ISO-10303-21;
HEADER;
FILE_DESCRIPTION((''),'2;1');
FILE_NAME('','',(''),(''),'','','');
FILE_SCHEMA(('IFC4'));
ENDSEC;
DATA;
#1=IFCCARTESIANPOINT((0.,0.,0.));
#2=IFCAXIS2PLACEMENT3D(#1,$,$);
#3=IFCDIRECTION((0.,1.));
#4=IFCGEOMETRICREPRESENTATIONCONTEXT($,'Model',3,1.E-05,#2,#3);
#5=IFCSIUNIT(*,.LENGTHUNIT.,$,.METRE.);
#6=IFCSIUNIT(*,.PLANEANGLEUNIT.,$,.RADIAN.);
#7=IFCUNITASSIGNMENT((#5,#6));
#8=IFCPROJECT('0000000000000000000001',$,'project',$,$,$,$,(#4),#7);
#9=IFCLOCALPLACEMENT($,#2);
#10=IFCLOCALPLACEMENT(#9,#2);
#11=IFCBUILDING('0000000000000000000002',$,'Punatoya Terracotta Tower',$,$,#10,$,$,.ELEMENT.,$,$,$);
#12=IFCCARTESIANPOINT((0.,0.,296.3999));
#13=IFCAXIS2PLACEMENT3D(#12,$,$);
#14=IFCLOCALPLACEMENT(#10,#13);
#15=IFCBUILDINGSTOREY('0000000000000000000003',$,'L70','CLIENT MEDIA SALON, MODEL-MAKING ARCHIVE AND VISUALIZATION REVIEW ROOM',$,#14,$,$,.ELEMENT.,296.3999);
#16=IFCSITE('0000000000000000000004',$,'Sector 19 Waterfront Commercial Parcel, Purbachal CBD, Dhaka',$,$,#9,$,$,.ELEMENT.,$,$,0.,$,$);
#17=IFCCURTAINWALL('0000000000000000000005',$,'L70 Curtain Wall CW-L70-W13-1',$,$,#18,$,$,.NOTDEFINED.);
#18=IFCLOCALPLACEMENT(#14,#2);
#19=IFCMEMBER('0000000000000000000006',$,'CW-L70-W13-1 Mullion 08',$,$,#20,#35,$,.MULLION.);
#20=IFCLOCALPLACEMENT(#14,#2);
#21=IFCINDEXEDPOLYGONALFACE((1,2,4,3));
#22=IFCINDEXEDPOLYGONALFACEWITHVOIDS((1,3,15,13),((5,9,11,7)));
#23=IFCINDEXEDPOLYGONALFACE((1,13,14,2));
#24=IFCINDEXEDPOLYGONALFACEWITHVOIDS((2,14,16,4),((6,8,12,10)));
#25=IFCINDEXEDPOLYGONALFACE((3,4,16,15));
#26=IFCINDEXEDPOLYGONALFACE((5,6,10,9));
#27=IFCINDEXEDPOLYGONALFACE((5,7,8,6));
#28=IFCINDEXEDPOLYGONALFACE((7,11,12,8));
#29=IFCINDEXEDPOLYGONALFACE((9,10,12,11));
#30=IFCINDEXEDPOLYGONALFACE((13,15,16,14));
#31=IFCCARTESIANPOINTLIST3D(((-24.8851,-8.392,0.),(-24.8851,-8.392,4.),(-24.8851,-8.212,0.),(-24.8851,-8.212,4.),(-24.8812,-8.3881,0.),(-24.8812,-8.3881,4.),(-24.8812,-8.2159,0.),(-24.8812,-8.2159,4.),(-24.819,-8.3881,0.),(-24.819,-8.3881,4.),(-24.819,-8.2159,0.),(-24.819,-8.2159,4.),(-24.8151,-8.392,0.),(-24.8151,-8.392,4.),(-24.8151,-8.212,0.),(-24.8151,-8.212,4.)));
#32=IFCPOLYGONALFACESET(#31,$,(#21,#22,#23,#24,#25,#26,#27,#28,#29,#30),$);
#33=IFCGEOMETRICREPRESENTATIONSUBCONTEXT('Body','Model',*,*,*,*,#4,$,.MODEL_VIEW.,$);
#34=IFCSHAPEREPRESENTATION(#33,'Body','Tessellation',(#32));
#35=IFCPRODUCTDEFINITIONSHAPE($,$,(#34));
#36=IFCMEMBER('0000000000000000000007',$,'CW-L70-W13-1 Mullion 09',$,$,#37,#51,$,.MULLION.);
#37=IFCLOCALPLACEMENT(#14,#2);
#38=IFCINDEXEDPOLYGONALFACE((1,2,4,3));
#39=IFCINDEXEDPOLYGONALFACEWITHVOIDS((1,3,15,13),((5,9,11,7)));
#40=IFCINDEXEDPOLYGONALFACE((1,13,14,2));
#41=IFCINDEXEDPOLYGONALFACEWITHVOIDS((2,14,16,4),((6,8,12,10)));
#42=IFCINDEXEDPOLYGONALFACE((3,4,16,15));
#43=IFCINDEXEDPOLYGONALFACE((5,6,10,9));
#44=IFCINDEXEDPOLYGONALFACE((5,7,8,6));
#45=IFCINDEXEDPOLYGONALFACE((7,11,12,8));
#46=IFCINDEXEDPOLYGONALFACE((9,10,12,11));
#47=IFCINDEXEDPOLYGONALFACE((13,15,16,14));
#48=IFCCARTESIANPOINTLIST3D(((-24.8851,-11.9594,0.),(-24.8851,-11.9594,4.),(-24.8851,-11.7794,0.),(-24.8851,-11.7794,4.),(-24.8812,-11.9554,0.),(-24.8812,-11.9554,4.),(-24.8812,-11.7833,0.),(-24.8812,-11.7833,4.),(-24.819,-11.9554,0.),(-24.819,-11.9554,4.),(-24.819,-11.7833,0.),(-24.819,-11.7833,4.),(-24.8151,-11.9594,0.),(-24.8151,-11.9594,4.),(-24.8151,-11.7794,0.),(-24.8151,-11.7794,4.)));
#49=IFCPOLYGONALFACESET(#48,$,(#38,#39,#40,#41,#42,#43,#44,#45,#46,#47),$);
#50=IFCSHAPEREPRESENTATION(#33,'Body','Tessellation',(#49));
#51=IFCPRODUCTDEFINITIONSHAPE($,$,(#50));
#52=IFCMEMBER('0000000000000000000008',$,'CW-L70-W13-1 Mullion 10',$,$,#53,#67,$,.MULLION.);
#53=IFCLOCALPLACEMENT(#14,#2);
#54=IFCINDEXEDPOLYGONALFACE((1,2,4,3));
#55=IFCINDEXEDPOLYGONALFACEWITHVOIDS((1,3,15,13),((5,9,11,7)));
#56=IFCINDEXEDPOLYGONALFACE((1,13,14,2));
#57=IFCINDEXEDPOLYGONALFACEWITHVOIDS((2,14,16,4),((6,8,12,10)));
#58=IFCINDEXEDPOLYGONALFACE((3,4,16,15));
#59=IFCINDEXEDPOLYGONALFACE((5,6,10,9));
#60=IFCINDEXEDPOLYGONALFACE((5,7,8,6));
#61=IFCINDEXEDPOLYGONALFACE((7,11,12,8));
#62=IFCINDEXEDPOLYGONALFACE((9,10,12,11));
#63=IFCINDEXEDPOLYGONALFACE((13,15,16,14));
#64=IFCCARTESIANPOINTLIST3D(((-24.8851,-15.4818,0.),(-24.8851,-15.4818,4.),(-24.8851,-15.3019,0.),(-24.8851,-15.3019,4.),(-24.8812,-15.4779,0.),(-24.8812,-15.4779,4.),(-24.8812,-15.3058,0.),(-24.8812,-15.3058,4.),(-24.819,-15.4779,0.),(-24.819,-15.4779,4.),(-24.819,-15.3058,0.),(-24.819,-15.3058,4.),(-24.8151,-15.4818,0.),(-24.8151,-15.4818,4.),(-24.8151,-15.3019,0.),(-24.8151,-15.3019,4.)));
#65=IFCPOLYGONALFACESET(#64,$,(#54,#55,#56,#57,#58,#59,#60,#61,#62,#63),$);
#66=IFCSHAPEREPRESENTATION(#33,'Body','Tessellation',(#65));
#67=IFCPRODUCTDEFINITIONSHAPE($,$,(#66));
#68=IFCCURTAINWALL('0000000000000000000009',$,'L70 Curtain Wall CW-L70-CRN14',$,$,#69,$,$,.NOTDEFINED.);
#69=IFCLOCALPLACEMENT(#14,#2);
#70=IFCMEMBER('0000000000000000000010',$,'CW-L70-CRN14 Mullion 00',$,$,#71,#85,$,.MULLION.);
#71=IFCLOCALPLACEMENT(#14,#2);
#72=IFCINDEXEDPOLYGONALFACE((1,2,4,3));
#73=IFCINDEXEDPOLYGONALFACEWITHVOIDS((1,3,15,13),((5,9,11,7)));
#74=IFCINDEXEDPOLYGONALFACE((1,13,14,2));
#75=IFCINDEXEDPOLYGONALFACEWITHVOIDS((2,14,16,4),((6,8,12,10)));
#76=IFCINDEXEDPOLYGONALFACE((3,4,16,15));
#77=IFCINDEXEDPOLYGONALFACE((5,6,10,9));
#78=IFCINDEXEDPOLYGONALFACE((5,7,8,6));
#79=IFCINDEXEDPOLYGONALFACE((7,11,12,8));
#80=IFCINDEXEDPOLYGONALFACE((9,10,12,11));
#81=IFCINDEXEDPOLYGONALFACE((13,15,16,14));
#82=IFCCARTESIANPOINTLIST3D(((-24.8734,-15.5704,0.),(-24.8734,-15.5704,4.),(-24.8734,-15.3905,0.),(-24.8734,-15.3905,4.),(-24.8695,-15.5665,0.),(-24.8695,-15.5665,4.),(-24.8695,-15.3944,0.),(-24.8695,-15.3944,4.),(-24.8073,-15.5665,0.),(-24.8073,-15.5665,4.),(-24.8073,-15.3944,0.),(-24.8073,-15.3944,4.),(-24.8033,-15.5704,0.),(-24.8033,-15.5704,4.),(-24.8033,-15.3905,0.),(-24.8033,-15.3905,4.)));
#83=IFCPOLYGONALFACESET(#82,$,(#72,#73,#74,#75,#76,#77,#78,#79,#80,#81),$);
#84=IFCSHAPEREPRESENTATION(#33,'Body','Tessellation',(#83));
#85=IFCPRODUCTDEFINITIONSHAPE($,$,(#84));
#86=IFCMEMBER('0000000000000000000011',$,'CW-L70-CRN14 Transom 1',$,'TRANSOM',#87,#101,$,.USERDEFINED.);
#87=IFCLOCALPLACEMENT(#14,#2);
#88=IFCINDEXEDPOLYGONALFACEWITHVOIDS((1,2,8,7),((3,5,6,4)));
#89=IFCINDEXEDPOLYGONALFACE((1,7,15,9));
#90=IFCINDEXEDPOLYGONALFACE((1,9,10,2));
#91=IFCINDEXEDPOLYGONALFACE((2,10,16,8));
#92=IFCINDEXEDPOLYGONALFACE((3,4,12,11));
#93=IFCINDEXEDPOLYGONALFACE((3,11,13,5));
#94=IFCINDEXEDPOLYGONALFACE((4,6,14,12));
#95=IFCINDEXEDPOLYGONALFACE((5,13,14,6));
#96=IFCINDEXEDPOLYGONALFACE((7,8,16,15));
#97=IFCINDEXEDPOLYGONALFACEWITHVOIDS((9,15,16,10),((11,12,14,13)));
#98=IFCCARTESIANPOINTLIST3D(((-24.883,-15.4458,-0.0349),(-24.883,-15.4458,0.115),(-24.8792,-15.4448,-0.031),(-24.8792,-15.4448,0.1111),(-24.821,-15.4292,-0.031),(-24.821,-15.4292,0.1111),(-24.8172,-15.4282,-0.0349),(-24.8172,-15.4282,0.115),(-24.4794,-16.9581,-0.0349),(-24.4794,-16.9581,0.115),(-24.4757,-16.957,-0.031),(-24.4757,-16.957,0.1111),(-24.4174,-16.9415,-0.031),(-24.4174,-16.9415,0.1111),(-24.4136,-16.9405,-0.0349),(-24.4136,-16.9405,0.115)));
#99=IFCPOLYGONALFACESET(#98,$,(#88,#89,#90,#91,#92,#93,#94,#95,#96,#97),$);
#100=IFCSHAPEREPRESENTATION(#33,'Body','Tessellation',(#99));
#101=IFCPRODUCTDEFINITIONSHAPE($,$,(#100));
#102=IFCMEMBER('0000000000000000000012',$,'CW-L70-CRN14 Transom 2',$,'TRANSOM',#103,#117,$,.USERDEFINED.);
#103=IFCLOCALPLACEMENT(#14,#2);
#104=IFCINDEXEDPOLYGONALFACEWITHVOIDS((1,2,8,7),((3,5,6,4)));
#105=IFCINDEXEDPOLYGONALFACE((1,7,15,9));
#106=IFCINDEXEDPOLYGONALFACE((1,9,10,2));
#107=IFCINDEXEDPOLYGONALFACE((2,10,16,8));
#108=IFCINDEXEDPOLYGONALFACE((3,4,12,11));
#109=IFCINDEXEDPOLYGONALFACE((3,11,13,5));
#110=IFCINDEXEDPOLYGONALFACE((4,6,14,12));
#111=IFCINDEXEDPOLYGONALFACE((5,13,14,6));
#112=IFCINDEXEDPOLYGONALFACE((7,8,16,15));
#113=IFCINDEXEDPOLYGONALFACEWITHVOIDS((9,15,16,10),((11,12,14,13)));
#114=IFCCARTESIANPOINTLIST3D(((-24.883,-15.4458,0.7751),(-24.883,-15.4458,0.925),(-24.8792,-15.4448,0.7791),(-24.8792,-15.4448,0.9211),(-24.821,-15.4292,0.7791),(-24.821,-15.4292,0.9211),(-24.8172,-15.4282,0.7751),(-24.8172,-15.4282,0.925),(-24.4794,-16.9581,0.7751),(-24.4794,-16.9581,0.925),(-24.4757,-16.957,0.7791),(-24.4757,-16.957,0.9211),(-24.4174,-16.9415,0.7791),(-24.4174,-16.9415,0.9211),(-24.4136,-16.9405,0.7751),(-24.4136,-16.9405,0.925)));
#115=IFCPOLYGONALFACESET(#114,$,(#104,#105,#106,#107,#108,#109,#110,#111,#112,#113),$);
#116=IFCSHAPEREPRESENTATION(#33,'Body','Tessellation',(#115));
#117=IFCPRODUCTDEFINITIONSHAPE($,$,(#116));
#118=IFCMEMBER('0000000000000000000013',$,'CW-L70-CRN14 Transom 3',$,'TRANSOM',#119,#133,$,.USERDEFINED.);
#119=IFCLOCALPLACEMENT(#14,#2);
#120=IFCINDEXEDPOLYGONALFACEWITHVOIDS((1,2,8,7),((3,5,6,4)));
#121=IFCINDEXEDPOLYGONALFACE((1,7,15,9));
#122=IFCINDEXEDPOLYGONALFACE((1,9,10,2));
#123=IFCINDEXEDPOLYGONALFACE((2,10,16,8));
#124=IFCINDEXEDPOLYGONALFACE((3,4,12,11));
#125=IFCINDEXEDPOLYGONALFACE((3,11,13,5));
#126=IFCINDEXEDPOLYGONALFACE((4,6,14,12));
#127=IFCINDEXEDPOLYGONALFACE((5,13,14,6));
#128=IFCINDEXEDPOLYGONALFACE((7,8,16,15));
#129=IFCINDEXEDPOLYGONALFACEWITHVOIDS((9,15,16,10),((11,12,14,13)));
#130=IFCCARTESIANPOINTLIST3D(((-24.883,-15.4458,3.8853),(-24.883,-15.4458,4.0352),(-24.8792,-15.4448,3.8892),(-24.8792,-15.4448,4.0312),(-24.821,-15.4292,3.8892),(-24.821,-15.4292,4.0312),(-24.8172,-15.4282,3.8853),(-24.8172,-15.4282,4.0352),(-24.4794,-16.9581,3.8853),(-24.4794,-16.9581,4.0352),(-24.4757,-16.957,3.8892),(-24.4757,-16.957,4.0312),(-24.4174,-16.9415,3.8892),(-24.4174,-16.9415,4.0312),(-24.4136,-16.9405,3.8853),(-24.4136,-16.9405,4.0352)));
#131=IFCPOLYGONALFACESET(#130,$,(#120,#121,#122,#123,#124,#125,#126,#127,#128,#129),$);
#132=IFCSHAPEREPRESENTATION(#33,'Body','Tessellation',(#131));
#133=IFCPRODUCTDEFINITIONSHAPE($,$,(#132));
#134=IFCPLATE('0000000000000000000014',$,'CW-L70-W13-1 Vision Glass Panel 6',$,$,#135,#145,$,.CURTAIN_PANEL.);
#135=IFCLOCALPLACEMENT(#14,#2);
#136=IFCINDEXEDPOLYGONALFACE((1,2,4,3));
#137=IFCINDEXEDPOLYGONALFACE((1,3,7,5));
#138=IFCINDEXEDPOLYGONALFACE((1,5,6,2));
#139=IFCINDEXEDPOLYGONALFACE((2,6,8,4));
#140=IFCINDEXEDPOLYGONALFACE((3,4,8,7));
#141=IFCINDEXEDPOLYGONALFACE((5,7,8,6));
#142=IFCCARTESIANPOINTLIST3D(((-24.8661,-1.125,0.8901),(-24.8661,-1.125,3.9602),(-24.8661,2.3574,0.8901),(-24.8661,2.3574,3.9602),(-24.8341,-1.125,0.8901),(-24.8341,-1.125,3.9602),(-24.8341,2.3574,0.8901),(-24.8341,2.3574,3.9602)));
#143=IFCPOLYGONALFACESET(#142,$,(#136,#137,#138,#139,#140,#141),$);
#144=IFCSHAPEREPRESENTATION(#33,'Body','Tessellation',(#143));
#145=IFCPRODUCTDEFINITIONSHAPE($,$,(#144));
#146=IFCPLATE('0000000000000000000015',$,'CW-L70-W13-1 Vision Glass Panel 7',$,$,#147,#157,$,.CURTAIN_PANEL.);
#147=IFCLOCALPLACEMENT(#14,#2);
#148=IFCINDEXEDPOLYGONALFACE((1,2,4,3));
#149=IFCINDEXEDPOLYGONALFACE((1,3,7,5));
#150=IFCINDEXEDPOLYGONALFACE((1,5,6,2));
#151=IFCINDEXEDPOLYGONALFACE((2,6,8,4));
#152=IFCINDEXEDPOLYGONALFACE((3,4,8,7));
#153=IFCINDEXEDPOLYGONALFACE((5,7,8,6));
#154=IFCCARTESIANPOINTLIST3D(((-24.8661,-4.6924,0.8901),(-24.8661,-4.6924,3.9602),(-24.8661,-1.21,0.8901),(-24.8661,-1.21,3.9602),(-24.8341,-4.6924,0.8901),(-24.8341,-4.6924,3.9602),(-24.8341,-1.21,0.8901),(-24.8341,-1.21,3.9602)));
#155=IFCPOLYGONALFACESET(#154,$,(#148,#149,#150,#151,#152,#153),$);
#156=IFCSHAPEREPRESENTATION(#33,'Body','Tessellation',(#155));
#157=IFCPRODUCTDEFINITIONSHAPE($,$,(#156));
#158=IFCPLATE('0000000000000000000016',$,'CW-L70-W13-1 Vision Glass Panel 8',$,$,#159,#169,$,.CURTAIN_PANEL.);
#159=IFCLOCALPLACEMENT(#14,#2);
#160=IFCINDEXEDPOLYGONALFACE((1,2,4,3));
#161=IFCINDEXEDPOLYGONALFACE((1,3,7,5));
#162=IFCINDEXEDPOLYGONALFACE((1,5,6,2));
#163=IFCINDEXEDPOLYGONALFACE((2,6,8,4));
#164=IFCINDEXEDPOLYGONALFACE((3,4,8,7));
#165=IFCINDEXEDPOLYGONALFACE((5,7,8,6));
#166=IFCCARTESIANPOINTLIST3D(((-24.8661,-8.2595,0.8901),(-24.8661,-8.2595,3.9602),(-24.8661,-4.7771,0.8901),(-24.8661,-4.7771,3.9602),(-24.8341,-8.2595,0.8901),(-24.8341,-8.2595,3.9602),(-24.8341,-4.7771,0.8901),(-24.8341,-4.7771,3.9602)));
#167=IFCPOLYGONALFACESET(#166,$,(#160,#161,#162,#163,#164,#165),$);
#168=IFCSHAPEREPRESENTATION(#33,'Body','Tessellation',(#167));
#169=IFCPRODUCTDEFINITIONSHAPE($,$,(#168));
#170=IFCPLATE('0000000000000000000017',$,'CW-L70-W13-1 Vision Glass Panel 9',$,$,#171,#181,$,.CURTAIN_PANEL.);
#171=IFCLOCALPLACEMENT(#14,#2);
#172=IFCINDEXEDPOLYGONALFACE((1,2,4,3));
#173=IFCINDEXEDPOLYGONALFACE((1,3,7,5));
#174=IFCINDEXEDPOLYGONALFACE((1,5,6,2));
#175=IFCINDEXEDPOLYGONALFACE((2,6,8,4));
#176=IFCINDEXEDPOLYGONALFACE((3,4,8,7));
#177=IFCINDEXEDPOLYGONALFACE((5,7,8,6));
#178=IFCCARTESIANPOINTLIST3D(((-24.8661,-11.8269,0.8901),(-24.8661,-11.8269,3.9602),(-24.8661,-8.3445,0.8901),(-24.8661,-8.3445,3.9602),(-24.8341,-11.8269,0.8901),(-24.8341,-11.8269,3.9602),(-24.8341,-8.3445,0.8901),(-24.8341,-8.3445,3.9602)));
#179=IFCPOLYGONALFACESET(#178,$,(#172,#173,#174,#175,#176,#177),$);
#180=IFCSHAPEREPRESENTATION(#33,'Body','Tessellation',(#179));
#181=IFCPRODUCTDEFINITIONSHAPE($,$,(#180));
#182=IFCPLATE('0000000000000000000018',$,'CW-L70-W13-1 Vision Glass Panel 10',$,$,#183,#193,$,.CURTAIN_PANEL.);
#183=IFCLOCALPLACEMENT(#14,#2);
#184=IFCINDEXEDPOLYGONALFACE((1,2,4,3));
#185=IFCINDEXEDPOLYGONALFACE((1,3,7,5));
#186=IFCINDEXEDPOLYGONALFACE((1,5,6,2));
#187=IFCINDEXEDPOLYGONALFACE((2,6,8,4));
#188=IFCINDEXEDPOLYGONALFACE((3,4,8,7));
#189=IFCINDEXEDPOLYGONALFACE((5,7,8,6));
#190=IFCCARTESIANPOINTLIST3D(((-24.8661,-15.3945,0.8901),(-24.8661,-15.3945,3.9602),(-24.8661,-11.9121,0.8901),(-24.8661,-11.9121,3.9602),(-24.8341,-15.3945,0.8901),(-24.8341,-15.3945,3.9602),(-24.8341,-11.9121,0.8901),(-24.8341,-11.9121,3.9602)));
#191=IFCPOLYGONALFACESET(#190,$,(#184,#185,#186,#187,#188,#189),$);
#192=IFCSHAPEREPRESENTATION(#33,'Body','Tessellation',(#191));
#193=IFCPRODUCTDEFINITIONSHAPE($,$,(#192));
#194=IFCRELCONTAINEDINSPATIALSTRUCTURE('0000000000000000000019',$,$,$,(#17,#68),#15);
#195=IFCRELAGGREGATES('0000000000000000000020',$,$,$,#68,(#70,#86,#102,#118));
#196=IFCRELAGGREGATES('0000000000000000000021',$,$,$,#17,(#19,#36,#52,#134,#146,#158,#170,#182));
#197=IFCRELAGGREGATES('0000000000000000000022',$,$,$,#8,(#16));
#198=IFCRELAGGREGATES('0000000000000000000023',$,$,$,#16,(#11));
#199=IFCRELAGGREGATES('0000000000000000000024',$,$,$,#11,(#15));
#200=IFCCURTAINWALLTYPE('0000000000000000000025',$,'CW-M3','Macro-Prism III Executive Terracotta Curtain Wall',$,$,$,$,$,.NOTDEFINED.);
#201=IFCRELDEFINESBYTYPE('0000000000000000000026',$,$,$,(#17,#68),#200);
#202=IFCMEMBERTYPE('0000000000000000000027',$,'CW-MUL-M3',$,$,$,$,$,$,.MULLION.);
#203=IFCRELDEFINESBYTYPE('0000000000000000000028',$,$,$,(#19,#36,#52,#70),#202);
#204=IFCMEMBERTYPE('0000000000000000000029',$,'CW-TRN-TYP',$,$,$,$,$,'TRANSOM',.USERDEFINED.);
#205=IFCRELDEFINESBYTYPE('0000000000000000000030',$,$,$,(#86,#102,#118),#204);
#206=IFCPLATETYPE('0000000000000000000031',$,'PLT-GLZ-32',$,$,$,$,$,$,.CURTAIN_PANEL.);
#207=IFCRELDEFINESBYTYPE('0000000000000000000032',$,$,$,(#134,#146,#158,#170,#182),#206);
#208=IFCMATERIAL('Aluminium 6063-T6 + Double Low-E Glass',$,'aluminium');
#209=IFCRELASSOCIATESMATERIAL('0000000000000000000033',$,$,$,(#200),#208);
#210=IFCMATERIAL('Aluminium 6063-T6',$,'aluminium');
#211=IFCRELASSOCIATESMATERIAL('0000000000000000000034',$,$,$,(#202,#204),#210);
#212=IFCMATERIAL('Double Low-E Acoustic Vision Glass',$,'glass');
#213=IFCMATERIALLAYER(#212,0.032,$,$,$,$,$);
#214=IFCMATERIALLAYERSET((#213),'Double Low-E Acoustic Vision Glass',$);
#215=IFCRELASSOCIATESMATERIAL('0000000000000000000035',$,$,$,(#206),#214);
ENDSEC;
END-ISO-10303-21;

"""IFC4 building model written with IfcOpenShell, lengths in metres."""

from ifc_helpers import new_model, si_unit, direction, frame, origin, origin_2d, place, context, subcontext, project, spatial, rectangle, hollow_rectangle, extrude, material, layer, layer_set, material_profile, profile_set, type_object, element, aggregate, save


model = new_model("IFC4")

# Units and contexts
model_context = context("Model", 3, precision=1e-05, world=origin(), true_north=direction((0.0, 1.0)))
body_context = subcontext(model_context, "Body", "Model", "MODEL_VIEW")
ifc_project = project(units=[si_unit("LENGTHUNIT", "METRE"), si_unit("PLANEANGLEUNIT", "RADIAN")], contexts=[model_context])

# Site, building, storey
site_placement = place(None, origin())
site = spatial("IfcSite", under=ifc_project, at=site_placement, Name="Sector 19 Waterfront Commercial Parcel, Purbachal CBD, Dhaka", CompositionType="ELEMENT", RefElevation=0.0)
building_placement = place(site_placement, origin())
building = spatial("IfcBuilding", under=site, at=building_placement, Name="Punatoya Terracotta Tower", CompositionType="ELEMENT")
storey_placement = place(building_placement, frame((0.0, 0.0, 296.3999)))
storey = spatial("IfcBuildingStorey", under=building, at=storey_placement, Name="L70", Description="CLIENT MEDIA SALON, MODEL-MAKING ARCHIVE AND VISUALIZATION REVIEW ROOM", CompositionType="ELEMENT", Elevation=296.3999)

# Curtain walls, members
ifc_material_1 = material(Name="Aluminium 6063-T6 + Double Low-E Glass", Category="aluminium")
curtain_wall_type = type_object("IfcCurtainWallType", Name="CW-M3", Description="Macro-Prism III Executive Terracotta Curtain Wall", PredefinedType="NOTDEFINED", material=ifc_material_1)
curtain_wall_1_placement = place(storey_placement, origin())
curtain_wall_1 = element("IfcCurtainWall", 1, at=curtain_wall_1_placement, inside=storey, type_object=curtain_wall_type, Name="L70 Curtain Wall CW-L70-W13-1", PredefinedType="NOTDEFINED")
ifc_material_2 = material(Name="Aluminium 6063-T6", Category="aluminium")
ifc_material_profile_1 = material_profile(ifc_material_2, hollow_rectangle(XDim=0.0701, YDim=0.1799, WallThickness=0.0039, at=origin_2d()))
ifc_profile_set_1 = profile_set([ifc_material_profile_1], Name="Aluminium 6063-T6")
member_type_1 = type_object("IfcMemberType", Name="CW-MUL-M3", PredefinedType="MULLION", material=ifc_profile_set_1)
member_1_placement = place(storey_placement, frame((-24.8501, -8.302, 0.0), z_axis=(0.0, 0.0, 1.0), x_axis=(1.0, 0.0, 0.0)))
member_1 = element("IfcMember", 2, at=member_1_placement, type_object=member_type_1, Name="CW-L70-W13-1 Mullion 08", PredefinedType="MULLION", context=body_context, shape_type="SweptSolid", body=[
    extrude(hollow_rectangle(XDim=0.0701, YDim=0.1799, WallThickness=0.0039, at=origin_2d()), origin(), (0.0, 0.0, 1.0), 4.0),
])
member_2_placement = place(storey_placement, frame((-24.8501, -11.8694, 0.0), z_axis=(0.0, 0.0, 1.0), x_axis=(1.0, 0.0, 0.0)))
member_2 = element("IfcMember", 3, at=member_2_placement, type_object=member_type_1, Name="CW-L70-W13-1 Mullion 09", PredefinedType="MULLION", context=body_context, shape_type="SweptSolid", body=[
    extrude(hollow_rectangle(XDim=0.0701, YDim=0.1799, WallThickness=0.0039, at=origin_2d()), origin(), (0.0, 0.0, 1.0), 4.0),
])
member_3_placement = place(storey_placement, frame((-24.8501, -15.3918, 0.0), z_axis=(0.0, 0.0, 1.0), x_axis=(1.0, 0.0, 0.0)))
member_3 = element("IfcMember", 4, at=member_3_placement, type_object=member_type_1, Name="CW-L70-W13-1 Mullion 10", PredefinedType="MULLION", context=body_context, shape_type="SweptSolid", body=[
    extrude(hollow_rectangle(XDim=0.0701, YDim=0.1799, WallThickness=0.0039, at=origin_2d()), origin(), (0.0, 0.0, 1.0), 4.0),
])
curtain_wall_2_placement = place(storey_placement, origin())
curtain_wall_2 = element("IfcCurtainWall", 5, at=curtain_wall_2_placement, inside=storey, type_object=curtain_wall_type, Name="L70 Curtain Wall CW-L70-CRN14", PredefinedType="NOTDEFINED")
member_4_placement = place(storey_placement, frame((-24.8384, -15.4805, 0.0), z_axis=(0.0, 0.0, 1.0), x_axis=(1.0, 0.0, 0.0)))
member_4 = element("IfcMember", 6, at=member_4_placement, type_object=member_type_1, Name="CW-L70-CRN14 Mullion 00", PredefinedType="MULLION", context=body_context, shape_type="SweptSolid", body=[
    extrude(hollow_rectangle(XDim=0.0701, YDim=0.1799, WallThickness=0.0039, at=origin_2d()), origin(), (0.0, 0.0, 1.0), 4.0),
])
ifc_material_profile_2 = material_profile(ifc_material_2, hollow_rectangle(XDim=0.0681, YDim=0.1499, WallThickness=0.0039, at=origin_2d()))
ifc_profile_set_2 = profile_set([ifc_material_profile_2], Name="Aluminium 6063-T6")
member_type_2 = type_object("IfcMemberType", Name="CW-TRN-TYP", ElementType="TRANSOM", PredefinedType="USERDEFINED", material=ifc_profile_set_2)
member_5_placement = place(storey_placement, frame((-24.8501, -15.437, 0.04), z_axis=(0.257847, -0.966186, 0.0), x_axis=(0.966186, 0.257847, 0.0)))
member_5 = element("IfcMember", 7, at=member_5_placement, type_object=member_type_2, Name="CW-L70-CRN14 Transom 1", ObjectType="TRANSOM", PredefinedType="USERDEFINED", context=body_context, shape_type="SweptSolid", body=[
    extrude(hollow_rectangle(XDim=0.0681, YDim=0.1499, WallThickness=0.0039, at=origin_2d()), origin(), (0.0, 0.0, 1.0), 1.5652),
])
member_6_placement = place(storey_placement, frame((-24.8501, -15.437, 0.8501), z_axis=(0.257847, -0.966186, 0.0), x_axis=(0.966186, 0.257847, 0.0)))
member_6 = element("IfcMember", 8, at=member_6_placement, type_object=member_type_2, Name="CW-L70-CRN14 Transom 2", ObjectType="TRANSOM", PredefinedType="USERDEFINED", context=body_context, shape_type="SweptSolid", body=[
    extrude(hollow_rectangle(XDim=0.0681, YDim=0.1499, WallThickness=0.0039, at=origin_2d()), origin(), (0.0, 0.0, 1.0), 1.5652),
])
member_7_placement = place(storey_placement, frame((-24.8501, -15.437, 3.9602), z_axis=(0.257847, -0.966186, 0.0), x_axis=(0.966186, 0.257847, 0.0)))
member_7 = element("IfcMember", 9, at=member_7_placement, type_object=member_type_2, Name="CW-L70-CRN14 Transom 3", ObjectType="TRANSOM", PredefinedType="USERDEFINED", context=body_context, shape_type="SweptSolid", body=[
    extrude(hollow_rectangle(XDim=0.0681, YDim=0.1499, WallThickness=0.0039, at=origin_2d()), origin(), (0.0, 0.0, 1.0), 1.5652),
])

# Plates
ifc_material_3 = material(Name="Double Low-E Acoustic Vision Glass", Category="glass")
ifc_layer_1 = layer(ifc_material_3, 0.032)
ifc_layer_set_1 = layer_set([ifc_layer_1], Name="Double Low-E Acoustic Vision Glass")
plate_type_1 = type_object("IfcPlateType", Name="PLT-GLZ-32", PredefinedType="CURTAIN_PANEL", material=ifc_layer_set_1)
plate_1_placement = place(storey_placement, frame((-24.8501, 0.6162, 0.8901), z_axis=(0.0, 0.0, 1.0), x_axis=(0.0, -1.0, 0.0)))
plate_1 = element("IfcPlate", 10, at=plate_1_placement, type_object=plate_type_1, Name="CW-L70-W13-1 Vision Glass Panel 6", PredefinedType="CURTAIN_PANEL", context=body_context, shape_type="SweptSolid", body=[
    extrude(rectangle(XDim=3.4824, YDim=0.032, at=origin_2d()), origin(), (0.0, 0.0, 1.0), 3.0701),
])
plate_2_placement = place(storey_placement, frame((-24.8501, -2.9512, 0.8901), z_axis=(0.0, 0.0, 1.0), x_axis=(0.0, -1.0, 0.0)))
plate_2 = element("IfcPlate", 11, at=plate_2_placement, type_object=plate_type_1, Name="CW-L70-W13-1 Vision Glass Panel 7", PredefinedType="CURTAIN_PANEL", context=body_context, shape_type="SweptSolid", body=[
    extrude(rectangle(XDim=3.4824, YDim=0.032, at=origin_2d()), origin(), (0.0, 0.0, 1.0), 3.0701),
])
plate_3_placement = place(storey_placement, frame((-24.8501, -6.5183, 0.8901), z_axis=(0.0, 0.0, 1.0), x_axis=(0.0, -1.0, 0.0)))
plate_3 = element("IfcPlate", 12, at=plate_3_placement, type_object=plate_type_1, Name="CW-L70-W13-1 Vision Glass Panel 8", PredefinedType="CURTAIN_PANEL", context=body_context, shape_type="SweptSolid", body=[
    extrude(rectangle(XDim=3.4824, YDim=0.032, at=origin_2d()), origin(), (0.0, 0.0, 1.0), 3.0701),
])
plate_4_placement = place(storey_placement, frame((-24.8501, -10.0857, 0.8901), z_axis=(0.0, 0.0, 1.0), x_axis=(0.0, -1.0, 0.0)))
plate_4 = element("IfcPlate", 13, at=plate_4_placement, type_object=plate_type_1, Name="CW-L70-W13-1 Vision Glass Panel 9", PredefinedType="CURTAIN_PANEL", context=body_context, shape_type="SweptSolid", body=[
    extrude(rectangle(XDim=3.4824, YDim=0.032, at=origin_2d()), origin(), (0.0, 0.0, 1.0), 3.0701),
])
plate_5_placement = place(storey_placement, frame((-24.8501, -13.6533, 0.8901), z_axis=(0.0, 0.0, 1.0), x_axis=(0.0, -1.0, 0.0)))
plate_5 = element("IfcPlate", 14, at=plate_5_placement, type_object=plate_type_1, Name="CW-L70-W13-1 Vision Glass Panel 10", PredefinedType="CURTAIN_PANEL", context=body_context, shape_type="SweptSolid", body=[
    extrude(rectangle(XDim=3.4824, YDim=0.032, at=origin_2d()), origin(), (0.0, 0.0, 1.0), 3.0701),
])
aggregate(curtain_wall_2, [member_4, member_5, member_6, member_7])
aggregate(curtain_wall_1, [member_1, member_2, member_3, plate_1, plate_2, plate_3, plate_4, plate_5])

save(model, "model.ifc")
